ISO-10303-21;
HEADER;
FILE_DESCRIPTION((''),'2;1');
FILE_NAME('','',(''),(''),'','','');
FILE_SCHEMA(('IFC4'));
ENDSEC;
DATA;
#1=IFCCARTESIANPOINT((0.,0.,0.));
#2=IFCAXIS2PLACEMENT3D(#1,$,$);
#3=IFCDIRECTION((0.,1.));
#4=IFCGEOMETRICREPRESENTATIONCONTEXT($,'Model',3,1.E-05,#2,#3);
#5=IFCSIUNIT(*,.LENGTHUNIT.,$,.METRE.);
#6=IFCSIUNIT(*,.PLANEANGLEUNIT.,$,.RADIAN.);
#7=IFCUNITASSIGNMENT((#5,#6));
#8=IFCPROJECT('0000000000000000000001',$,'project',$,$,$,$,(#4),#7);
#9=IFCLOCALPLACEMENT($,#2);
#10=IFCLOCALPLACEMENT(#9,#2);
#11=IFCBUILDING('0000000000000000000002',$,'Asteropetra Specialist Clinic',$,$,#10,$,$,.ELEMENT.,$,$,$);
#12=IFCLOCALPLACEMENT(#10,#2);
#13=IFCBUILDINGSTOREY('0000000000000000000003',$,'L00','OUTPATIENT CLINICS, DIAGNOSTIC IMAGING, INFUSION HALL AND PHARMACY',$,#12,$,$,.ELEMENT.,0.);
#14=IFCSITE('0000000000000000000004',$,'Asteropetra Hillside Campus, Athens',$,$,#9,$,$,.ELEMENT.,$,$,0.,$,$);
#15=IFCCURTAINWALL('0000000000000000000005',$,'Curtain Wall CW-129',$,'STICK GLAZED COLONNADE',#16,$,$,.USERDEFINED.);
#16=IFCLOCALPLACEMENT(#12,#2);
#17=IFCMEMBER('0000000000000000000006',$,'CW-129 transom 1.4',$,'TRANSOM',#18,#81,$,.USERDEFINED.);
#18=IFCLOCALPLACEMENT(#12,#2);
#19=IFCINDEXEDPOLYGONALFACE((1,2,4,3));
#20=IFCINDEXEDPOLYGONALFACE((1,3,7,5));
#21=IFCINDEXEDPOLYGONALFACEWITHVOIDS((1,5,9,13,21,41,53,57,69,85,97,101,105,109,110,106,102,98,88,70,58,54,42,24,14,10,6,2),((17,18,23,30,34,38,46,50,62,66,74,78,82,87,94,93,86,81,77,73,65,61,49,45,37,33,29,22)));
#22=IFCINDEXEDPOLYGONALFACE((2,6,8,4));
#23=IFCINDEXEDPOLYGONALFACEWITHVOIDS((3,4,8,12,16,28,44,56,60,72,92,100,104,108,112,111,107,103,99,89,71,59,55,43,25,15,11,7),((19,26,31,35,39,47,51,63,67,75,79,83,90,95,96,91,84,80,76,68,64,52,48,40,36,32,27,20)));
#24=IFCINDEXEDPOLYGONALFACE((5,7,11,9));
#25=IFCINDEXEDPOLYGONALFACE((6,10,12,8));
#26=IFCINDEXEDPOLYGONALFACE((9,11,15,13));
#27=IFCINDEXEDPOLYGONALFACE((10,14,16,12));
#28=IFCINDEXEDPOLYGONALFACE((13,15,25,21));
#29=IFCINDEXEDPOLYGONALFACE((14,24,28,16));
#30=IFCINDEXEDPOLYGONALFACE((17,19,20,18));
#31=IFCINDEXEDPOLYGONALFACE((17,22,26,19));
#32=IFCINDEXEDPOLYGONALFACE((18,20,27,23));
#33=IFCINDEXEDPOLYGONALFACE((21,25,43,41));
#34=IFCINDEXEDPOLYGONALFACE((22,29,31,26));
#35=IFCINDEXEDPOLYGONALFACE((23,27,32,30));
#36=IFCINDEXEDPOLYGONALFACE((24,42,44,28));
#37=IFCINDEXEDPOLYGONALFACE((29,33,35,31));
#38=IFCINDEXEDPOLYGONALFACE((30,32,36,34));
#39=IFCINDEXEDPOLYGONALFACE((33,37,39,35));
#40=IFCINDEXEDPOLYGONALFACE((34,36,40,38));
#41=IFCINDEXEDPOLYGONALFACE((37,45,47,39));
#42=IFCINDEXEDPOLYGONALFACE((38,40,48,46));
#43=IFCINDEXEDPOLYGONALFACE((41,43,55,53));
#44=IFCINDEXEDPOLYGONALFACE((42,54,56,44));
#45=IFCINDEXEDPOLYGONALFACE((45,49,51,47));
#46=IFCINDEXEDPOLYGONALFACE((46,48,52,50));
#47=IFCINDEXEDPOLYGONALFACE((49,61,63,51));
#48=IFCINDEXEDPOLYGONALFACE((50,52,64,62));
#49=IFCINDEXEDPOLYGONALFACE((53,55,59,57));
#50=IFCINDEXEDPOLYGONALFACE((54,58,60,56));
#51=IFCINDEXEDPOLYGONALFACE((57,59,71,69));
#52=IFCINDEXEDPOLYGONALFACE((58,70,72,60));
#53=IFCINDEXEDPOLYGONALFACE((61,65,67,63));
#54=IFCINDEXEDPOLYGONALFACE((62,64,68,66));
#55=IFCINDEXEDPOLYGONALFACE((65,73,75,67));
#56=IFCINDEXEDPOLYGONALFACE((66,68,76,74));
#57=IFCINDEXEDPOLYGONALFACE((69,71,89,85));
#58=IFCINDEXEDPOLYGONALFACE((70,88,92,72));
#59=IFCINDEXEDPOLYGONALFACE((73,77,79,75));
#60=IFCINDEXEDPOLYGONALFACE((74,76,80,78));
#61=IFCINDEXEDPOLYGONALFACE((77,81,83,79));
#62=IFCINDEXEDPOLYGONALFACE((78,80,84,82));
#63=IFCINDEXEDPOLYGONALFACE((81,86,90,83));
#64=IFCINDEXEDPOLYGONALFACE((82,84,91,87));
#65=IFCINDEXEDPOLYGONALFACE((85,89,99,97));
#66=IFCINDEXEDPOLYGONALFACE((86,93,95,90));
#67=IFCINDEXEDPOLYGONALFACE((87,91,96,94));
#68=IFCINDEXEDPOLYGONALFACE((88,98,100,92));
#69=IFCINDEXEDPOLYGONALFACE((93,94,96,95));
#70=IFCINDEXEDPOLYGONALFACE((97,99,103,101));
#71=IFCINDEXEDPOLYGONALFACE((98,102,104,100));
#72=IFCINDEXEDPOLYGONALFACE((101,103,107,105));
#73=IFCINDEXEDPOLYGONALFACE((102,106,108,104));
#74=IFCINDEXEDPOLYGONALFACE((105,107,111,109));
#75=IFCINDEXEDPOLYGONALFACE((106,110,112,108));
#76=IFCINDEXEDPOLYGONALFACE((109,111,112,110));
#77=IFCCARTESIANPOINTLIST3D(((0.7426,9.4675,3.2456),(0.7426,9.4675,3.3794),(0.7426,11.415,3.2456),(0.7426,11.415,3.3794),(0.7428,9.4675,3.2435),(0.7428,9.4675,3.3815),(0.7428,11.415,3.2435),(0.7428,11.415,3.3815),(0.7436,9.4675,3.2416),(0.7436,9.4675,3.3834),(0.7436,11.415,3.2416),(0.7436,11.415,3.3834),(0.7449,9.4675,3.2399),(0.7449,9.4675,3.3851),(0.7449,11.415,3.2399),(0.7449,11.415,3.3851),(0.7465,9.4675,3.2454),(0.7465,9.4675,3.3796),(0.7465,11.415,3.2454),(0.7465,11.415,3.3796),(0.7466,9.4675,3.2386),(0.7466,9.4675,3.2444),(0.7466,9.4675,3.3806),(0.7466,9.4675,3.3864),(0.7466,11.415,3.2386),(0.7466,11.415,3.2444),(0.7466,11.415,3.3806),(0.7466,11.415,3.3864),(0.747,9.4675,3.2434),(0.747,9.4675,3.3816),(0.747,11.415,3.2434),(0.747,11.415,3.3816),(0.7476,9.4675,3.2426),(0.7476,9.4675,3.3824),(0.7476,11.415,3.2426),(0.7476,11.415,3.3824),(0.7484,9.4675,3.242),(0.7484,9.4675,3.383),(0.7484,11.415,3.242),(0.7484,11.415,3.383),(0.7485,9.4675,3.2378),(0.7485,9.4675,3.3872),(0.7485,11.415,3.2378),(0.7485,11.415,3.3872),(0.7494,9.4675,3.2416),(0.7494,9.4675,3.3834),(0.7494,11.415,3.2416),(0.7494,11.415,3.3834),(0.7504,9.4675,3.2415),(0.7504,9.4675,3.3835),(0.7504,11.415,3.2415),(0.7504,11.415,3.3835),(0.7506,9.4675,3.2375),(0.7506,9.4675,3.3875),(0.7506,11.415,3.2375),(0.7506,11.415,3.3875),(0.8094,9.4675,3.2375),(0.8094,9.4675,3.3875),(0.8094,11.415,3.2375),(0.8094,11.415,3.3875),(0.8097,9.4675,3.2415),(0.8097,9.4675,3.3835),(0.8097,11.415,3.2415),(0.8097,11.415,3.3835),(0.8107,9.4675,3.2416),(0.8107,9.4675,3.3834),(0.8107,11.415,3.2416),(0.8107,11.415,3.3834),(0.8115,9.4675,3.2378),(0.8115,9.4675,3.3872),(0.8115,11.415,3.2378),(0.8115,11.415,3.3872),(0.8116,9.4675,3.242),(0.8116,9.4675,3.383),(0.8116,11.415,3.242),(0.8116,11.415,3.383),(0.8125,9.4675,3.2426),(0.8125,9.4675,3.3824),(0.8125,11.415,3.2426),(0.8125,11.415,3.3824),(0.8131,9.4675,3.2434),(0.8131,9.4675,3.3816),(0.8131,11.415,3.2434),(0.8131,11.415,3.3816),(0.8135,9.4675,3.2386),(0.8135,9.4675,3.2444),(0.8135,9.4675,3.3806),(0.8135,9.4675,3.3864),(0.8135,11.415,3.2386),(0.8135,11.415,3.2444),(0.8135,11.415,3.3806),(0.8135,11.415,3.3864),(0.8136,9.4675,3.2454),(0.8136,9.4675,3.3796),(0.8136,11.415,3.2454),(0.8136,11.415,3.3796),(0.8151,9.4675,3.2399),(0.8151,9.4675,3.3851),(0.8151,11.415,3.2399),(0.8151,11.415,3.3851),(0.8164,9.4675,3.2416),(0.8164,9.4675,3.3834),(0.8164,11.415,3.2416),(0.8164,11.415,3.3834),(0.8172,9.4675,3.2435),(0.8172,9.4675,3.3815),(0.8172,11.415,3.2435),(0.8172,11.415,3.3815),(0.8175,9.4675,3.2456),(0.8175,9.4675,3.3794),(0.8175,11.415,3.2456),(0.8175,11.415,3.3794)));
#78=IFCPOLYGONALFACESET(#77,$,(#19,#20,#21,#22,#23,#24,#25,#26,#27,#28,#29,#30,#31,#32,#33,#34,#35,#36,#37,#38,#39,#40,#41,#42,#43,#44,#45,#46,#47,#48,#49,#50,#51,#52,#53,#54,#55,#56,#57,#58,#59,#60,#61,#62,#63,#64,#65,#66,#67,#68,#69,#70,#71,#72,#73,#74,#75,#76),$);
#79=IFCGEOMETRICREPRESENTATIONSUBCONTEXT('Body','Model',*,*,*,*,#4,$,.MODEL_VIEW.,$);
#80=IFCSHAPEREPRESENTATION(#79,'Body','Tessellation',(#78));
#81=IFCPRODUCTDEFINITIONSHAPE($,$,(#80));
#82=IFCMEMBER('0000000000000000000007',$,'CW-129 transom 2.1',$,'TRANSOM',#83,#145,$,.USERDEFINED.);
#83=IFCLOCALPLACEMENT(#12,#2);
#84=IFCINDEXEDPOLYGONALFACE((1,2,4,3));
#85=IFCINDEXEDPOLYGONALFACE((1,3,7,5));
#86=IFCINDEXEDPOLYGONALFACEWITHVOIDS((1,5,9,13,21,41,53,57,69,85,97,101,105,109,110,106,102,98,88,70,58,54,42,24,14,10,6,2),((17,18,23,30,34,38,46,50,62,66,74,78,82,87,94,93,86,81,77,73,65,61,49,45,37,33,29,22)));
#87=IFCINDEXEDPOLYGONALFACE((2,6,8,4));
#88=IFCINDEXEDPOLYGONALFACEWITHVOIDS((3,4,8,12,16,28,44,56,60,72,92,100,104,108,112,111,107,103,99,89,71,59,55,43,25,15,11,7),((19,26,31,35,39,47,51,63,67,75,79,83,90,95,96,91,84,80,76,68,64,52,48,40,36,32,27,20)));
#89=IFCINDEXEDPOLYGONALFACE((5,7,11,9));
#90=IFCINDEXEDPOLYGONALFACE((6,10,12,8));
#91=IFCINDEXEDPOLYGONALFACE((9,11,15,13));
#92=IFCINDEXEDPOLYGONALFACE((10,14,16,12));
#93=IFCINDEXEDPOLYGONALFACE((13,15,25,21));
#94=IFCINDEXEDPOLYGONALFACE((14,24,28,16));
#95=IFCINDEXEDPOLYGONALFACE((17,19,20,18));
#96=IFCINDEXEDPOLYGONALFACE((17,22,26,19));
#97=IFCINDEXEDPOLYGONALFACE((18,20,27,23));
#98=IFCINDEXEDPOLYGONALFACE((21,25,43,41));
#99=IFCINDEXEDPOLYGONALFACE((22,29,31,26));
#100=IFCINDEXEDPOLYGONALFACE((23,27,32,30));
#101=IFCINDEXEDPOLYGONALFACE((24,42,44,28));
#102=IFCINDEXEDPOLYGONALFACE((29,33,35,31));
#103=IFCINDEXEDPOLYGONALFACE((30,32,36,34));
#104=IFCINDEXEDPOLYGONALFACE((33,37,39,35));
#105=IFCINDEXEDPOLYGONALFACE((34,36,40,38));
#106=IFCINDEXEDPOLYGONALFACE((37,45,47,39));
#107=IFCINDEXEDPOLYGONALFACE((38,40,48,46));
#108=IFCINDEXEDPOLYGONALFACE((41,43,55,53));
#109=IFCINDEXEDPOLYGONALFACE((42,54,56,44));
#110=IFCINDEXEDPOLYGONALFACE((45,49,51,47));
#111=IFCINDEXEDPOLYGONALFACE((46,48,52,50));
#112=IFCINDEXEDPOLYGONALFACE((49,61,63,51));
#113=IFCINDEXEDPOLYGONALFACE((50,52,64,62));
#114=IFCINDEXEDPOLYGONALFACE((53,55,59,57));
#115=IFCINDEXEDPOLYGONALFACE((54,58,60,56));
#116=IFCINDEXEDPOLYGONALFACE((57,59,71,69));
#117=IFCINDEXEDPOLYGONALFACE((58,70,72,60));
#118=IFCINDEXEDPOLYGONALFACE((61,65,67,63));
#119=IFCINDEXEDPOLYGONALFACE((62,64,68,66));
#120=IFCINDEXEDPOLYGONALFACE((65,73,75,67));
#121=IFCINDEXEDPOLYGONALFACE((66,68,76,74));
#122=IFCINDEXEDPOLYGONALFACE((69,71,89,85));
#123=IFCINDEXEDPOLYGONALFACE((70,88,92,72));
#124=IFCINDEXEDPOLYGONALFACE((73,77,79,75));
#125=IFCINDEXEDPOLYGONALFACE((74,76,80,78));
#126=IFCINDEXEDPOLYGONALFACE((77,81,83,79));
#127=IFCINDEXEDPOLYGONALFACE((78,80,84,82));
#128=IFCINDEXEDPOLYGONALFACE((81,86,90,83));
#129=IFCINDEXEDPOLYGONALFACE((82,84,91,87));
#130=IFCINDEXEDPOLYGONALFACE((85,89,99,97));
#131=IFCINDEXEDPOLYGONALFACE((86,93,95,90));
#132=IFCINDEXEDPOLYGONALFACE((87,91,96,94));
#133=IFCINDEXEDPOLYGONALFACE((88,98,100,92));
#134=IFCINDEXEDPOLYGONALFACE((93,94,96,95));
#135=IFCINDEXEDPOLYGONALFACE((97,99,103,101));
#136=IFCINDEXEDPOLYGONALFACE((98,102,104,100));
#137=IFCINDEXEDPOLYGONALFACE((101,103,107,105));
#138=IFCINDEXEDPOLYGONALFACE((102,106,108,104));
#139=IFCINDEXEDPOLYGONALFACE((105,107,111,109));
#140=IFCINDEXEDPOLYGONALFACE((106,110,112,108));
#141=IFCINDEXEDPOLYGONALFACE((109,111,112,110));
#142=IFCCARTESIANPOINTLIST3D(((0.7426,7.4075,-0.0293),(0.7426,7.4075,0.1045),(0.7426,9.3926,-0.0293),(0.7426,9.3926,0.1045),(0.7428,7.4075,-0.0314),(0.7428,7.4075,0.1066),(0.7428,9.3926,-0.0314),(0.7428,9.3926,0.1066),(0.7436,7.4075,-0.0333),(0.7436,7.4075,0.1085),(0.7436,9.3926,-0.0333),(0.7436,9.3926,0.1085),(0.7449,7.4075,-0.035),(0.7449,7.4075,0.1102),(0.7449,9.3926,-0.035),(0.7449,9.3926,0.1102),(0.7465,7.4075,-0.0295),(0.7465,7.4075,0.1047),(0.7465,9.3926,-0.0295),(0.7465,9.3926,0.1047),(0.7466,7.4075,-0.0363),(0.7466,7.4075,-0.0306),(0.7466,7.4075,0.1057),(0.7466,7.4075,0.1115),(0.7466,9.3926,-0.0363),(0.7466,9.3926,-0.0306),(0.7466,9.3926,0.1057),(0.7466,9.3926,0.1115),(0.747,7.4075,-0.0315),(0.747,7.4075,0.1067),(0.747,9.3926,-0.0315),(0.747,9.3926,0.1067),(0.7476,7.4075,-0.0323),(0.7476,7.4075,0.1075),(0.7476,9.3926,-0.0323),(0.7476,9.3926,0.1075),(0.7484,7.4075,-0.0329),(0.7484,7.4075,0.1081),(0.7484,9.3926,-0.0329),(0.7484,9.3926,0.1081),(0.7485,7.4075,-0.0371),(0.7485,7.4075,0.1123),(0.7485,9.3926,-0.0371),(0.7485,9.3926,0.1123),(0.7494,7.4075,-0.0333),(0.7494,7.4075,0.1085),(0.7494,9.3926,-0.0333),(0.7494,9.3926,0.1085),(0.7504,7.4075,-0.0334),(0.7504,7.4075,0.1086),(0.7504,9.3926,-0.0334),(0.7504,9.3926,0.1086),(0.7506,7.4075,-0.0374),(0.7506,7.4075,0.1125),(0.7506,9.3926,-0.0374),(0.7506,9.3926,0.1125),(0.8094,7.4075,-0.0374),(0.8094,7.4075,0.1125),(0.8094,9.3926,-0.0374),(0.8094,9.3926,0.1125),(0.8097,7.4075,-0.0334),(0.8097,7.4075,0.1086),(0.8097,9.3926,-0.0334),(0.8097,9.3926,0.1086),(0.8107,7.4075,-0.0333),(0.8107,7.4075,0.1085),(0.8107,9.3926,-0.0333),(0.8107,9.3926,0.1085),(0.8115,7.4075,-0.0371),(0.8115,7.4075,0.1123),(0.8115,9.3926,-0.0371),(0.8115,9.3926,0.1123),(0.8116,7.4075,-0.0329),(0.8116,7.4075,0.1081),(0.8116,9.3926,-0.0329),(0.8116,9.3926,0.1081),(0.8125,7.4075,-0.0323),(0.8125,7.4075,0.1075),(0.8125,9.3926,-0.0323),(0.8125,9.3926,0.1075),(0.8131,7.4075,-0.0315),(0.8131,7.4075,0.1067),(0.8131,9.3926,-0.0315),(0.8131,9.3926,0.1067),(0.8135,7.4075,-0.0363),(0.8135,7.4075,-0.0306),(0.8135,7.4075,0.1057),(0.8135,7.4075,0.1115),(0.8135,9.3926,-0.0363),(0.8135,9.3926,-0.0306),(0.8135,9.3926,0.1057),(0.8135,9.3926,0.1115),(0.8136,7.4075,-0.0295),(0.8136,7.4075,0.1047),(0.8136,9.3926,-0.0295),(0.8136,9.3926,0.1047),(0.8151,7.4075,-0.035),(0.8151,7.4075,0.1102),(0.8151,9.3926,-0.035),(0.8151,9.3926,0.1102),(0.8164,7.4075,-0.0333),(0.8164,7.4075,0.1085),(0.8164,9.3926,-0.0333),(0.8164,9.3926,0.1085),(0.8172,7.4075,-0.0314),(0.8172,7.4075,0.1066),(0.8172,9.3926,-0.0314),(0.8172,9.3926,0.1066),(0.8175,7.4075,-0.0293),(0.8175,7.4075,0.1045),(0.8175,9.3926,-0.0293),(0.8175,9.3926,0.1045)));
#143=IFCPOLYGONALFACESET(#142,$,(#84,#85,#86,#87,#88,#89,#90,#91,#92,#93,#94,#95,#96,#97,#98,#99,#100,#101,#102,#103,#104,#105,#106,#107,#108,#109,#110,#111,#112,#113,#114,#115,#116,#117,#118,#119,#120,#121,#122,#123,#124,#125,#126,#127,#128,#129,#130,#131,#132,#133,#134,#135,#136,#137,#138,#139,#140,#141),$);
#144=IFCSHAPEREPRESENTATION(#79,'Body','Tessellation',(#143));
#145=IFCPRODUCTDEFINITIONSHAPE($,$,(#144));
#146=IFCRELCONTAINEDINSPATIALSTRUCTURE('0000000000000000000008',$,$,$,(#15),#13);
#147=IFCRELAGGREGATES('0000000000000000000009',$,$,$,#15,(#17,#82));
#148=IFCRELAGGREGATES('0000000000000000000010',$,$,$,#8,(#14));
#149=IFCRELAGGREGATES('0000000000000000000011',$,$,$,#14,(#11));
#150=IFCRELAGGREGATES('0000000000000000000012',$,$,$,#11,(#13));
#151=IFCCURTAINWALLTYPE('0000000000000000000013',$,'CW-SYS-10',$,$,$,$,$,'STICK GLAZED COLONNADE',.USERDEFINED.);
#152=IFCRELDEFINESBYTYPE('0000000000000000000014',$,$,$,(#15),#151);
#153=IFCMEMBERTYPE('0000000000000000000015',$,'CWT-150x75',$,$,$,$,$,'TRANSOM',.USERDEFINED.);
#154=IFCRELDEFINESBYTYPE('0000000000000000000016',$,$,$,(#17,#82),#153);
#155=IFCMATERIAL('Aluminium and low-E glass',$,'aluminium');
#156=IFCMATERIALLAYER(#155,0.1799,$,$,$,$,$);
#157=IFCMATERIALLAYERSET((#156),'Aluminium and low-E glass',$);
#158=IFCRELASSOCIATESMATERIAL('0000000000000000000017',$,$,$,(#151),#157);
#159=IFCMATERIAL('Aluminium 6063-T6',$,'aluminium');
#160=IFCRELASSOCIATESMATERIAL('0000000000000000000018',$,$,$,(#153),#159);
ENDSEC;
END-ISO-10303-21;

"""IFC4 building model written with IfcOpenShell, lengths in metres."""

from ifc_helpers import new_model, si_unit, direction, frame, origin, origin_2d, place, context, subcontext, project, spatial, hollow_rectangle, extrude, material, layer, layer_set, material_profile, profile_set, type_object, element, aggregate, save


model = new_model("IFC4")

# Units and contexts
model_context = context("Model", 3, precision=1e-05, world=origin(), true_north=direction((0.0, 1.0)))
body_context = subcontext(model_context, "Body", "Model", "MODEL_VIEW")
ifc_project = project(units=[si_unit("LENGTHUNIT", "METRE"), si_unit("PLANEANGLEUNIT", "RADIAN")], contexts=[model_context])

# Site, building, storey
site_placement = place(None, origin())
site = spatial("IfcSite", under=ifc_project, at=site_placement, Name="Asteropetra Hillside Campus, Athens", CompositionType="ELEMENT", RefElevation=0.0)
building_placement = place(site_placement, origin())
building = spatial("IfcBuilding", under=site, at=building_placement, Name="Asteropetra Specialist Clinic", CompositionType="ELEMENT")
storey_placement = place(building_placement, origin())
storey = spatial("IfcBuildingStorey", under=building, at=storey_placement, Name="L00", Description="OUTPATIENT CLINICS, DIAGNOSTIC IMAGING, INFUSION HALL AND PHARMACY", CompositionType="ELEMENT", Elevation=0.0)

# Curtain wall
ifc_material_1 = material(Name="Aluminium and low-E glass", Category="aluminium")
ifc_layer_1 = layer(ifc_material_1, 0.1799)
ifc_layer_set_1 = layer_set([ifc_layer_1], Name="Aluminium and low-E glass")
curtain_wall_type = type_object("IfcCurtainWallType", Name="CW-SYS-10", ElementType="STICK GLAZED COLONNADE", PredefinedType="USERDEFINED", material=ifc_layer_set_1)
curtain_wall_1_placement = place(storey_placement, origin())
curtain_wall_1 = element("IfcCurtainWall", 1, at=curtain_wall_1_placement, inside=storey, type_object=curtain_wall_type, Name="Curtain Wall CW-129", ObjectType="STICK GLAZED COLONNADE", PredefinedType="USERDEFINED")

# Members
ifc_material_2 = material(Name="Aluminium 6063-T6", Category="aluminium")
ifc_material_profile_1 = material_profile(ifc_material_2, hollow_rectangle(XDim=0.075, YDim=0.1499, WallThickness=0.0039, InnerFilletRadius=0.0039, OuterFilletRadius=0.0081, at=origin_2d()), Name="TRN 150x75x4.0")
ifc_profile_set_1 = profile_set([ifc_material_profile_1], Name="Aluminium 6063-T6")
member_type_1 = type_object("IfcMemberType", Name="CWT-150x75", ElementType="TRANSOM", PredefinedType="USERDEFINED", material=ifc_profile_set_1)
member_1_placement = place(storey_placement, frame((0.78, 11.415, 3.3125), z_axis=(0.0, -1.0, 0.0), x_axis=(1.0, 0.0, 0.0)))
member_1 = element("IfcMember", 2, at=member_1_placement, type_object=member_type_1, Name="CW-129 transom 1.4", ObjectType="TRANSOM", PredefinedType="USERDEFINED", context=body_context, shape_type="SweptSolid", body=[
    extrude(hollow_rectangle(XDim=0.075, YDim=0.1499, WallThickness=0.0039, InnerFilletRadius=0.0039, OuterFilletRadius=0.0081, at=origin_2d()), origin(), (0.0, 0.0, 1.0), 1.9475),
])
member_2_placement = place(storey_placement, frame((0.78, 9.3926, 0.0376), z_axis=(0.0, -1.0, 0.0), x_axis=(1.0, 0.0, 0.0)))
member_2 = element("IfcMember", 3, at=member_2_placement, type_object=member_type_1, Name="CW-129 transom 2.1", ObjectType="TRANSOM", PredefinedType="USERDEFINED", context=body_context, shape_type="SweptSolid", body=[
    extrude(hollow_rectangle(XDim=0.075, YDim=0.1499, WallThickness=0.0039, InnerFilletRadius=0.0039, OuterFilletRadius=0.0081, at=origin_2d()), origin(), (0.0, 0.0, 1.0), 1.9851),
])

aggregate(curtain_wall_1, [member_1, member_2])

save(model, "model.ifc")
